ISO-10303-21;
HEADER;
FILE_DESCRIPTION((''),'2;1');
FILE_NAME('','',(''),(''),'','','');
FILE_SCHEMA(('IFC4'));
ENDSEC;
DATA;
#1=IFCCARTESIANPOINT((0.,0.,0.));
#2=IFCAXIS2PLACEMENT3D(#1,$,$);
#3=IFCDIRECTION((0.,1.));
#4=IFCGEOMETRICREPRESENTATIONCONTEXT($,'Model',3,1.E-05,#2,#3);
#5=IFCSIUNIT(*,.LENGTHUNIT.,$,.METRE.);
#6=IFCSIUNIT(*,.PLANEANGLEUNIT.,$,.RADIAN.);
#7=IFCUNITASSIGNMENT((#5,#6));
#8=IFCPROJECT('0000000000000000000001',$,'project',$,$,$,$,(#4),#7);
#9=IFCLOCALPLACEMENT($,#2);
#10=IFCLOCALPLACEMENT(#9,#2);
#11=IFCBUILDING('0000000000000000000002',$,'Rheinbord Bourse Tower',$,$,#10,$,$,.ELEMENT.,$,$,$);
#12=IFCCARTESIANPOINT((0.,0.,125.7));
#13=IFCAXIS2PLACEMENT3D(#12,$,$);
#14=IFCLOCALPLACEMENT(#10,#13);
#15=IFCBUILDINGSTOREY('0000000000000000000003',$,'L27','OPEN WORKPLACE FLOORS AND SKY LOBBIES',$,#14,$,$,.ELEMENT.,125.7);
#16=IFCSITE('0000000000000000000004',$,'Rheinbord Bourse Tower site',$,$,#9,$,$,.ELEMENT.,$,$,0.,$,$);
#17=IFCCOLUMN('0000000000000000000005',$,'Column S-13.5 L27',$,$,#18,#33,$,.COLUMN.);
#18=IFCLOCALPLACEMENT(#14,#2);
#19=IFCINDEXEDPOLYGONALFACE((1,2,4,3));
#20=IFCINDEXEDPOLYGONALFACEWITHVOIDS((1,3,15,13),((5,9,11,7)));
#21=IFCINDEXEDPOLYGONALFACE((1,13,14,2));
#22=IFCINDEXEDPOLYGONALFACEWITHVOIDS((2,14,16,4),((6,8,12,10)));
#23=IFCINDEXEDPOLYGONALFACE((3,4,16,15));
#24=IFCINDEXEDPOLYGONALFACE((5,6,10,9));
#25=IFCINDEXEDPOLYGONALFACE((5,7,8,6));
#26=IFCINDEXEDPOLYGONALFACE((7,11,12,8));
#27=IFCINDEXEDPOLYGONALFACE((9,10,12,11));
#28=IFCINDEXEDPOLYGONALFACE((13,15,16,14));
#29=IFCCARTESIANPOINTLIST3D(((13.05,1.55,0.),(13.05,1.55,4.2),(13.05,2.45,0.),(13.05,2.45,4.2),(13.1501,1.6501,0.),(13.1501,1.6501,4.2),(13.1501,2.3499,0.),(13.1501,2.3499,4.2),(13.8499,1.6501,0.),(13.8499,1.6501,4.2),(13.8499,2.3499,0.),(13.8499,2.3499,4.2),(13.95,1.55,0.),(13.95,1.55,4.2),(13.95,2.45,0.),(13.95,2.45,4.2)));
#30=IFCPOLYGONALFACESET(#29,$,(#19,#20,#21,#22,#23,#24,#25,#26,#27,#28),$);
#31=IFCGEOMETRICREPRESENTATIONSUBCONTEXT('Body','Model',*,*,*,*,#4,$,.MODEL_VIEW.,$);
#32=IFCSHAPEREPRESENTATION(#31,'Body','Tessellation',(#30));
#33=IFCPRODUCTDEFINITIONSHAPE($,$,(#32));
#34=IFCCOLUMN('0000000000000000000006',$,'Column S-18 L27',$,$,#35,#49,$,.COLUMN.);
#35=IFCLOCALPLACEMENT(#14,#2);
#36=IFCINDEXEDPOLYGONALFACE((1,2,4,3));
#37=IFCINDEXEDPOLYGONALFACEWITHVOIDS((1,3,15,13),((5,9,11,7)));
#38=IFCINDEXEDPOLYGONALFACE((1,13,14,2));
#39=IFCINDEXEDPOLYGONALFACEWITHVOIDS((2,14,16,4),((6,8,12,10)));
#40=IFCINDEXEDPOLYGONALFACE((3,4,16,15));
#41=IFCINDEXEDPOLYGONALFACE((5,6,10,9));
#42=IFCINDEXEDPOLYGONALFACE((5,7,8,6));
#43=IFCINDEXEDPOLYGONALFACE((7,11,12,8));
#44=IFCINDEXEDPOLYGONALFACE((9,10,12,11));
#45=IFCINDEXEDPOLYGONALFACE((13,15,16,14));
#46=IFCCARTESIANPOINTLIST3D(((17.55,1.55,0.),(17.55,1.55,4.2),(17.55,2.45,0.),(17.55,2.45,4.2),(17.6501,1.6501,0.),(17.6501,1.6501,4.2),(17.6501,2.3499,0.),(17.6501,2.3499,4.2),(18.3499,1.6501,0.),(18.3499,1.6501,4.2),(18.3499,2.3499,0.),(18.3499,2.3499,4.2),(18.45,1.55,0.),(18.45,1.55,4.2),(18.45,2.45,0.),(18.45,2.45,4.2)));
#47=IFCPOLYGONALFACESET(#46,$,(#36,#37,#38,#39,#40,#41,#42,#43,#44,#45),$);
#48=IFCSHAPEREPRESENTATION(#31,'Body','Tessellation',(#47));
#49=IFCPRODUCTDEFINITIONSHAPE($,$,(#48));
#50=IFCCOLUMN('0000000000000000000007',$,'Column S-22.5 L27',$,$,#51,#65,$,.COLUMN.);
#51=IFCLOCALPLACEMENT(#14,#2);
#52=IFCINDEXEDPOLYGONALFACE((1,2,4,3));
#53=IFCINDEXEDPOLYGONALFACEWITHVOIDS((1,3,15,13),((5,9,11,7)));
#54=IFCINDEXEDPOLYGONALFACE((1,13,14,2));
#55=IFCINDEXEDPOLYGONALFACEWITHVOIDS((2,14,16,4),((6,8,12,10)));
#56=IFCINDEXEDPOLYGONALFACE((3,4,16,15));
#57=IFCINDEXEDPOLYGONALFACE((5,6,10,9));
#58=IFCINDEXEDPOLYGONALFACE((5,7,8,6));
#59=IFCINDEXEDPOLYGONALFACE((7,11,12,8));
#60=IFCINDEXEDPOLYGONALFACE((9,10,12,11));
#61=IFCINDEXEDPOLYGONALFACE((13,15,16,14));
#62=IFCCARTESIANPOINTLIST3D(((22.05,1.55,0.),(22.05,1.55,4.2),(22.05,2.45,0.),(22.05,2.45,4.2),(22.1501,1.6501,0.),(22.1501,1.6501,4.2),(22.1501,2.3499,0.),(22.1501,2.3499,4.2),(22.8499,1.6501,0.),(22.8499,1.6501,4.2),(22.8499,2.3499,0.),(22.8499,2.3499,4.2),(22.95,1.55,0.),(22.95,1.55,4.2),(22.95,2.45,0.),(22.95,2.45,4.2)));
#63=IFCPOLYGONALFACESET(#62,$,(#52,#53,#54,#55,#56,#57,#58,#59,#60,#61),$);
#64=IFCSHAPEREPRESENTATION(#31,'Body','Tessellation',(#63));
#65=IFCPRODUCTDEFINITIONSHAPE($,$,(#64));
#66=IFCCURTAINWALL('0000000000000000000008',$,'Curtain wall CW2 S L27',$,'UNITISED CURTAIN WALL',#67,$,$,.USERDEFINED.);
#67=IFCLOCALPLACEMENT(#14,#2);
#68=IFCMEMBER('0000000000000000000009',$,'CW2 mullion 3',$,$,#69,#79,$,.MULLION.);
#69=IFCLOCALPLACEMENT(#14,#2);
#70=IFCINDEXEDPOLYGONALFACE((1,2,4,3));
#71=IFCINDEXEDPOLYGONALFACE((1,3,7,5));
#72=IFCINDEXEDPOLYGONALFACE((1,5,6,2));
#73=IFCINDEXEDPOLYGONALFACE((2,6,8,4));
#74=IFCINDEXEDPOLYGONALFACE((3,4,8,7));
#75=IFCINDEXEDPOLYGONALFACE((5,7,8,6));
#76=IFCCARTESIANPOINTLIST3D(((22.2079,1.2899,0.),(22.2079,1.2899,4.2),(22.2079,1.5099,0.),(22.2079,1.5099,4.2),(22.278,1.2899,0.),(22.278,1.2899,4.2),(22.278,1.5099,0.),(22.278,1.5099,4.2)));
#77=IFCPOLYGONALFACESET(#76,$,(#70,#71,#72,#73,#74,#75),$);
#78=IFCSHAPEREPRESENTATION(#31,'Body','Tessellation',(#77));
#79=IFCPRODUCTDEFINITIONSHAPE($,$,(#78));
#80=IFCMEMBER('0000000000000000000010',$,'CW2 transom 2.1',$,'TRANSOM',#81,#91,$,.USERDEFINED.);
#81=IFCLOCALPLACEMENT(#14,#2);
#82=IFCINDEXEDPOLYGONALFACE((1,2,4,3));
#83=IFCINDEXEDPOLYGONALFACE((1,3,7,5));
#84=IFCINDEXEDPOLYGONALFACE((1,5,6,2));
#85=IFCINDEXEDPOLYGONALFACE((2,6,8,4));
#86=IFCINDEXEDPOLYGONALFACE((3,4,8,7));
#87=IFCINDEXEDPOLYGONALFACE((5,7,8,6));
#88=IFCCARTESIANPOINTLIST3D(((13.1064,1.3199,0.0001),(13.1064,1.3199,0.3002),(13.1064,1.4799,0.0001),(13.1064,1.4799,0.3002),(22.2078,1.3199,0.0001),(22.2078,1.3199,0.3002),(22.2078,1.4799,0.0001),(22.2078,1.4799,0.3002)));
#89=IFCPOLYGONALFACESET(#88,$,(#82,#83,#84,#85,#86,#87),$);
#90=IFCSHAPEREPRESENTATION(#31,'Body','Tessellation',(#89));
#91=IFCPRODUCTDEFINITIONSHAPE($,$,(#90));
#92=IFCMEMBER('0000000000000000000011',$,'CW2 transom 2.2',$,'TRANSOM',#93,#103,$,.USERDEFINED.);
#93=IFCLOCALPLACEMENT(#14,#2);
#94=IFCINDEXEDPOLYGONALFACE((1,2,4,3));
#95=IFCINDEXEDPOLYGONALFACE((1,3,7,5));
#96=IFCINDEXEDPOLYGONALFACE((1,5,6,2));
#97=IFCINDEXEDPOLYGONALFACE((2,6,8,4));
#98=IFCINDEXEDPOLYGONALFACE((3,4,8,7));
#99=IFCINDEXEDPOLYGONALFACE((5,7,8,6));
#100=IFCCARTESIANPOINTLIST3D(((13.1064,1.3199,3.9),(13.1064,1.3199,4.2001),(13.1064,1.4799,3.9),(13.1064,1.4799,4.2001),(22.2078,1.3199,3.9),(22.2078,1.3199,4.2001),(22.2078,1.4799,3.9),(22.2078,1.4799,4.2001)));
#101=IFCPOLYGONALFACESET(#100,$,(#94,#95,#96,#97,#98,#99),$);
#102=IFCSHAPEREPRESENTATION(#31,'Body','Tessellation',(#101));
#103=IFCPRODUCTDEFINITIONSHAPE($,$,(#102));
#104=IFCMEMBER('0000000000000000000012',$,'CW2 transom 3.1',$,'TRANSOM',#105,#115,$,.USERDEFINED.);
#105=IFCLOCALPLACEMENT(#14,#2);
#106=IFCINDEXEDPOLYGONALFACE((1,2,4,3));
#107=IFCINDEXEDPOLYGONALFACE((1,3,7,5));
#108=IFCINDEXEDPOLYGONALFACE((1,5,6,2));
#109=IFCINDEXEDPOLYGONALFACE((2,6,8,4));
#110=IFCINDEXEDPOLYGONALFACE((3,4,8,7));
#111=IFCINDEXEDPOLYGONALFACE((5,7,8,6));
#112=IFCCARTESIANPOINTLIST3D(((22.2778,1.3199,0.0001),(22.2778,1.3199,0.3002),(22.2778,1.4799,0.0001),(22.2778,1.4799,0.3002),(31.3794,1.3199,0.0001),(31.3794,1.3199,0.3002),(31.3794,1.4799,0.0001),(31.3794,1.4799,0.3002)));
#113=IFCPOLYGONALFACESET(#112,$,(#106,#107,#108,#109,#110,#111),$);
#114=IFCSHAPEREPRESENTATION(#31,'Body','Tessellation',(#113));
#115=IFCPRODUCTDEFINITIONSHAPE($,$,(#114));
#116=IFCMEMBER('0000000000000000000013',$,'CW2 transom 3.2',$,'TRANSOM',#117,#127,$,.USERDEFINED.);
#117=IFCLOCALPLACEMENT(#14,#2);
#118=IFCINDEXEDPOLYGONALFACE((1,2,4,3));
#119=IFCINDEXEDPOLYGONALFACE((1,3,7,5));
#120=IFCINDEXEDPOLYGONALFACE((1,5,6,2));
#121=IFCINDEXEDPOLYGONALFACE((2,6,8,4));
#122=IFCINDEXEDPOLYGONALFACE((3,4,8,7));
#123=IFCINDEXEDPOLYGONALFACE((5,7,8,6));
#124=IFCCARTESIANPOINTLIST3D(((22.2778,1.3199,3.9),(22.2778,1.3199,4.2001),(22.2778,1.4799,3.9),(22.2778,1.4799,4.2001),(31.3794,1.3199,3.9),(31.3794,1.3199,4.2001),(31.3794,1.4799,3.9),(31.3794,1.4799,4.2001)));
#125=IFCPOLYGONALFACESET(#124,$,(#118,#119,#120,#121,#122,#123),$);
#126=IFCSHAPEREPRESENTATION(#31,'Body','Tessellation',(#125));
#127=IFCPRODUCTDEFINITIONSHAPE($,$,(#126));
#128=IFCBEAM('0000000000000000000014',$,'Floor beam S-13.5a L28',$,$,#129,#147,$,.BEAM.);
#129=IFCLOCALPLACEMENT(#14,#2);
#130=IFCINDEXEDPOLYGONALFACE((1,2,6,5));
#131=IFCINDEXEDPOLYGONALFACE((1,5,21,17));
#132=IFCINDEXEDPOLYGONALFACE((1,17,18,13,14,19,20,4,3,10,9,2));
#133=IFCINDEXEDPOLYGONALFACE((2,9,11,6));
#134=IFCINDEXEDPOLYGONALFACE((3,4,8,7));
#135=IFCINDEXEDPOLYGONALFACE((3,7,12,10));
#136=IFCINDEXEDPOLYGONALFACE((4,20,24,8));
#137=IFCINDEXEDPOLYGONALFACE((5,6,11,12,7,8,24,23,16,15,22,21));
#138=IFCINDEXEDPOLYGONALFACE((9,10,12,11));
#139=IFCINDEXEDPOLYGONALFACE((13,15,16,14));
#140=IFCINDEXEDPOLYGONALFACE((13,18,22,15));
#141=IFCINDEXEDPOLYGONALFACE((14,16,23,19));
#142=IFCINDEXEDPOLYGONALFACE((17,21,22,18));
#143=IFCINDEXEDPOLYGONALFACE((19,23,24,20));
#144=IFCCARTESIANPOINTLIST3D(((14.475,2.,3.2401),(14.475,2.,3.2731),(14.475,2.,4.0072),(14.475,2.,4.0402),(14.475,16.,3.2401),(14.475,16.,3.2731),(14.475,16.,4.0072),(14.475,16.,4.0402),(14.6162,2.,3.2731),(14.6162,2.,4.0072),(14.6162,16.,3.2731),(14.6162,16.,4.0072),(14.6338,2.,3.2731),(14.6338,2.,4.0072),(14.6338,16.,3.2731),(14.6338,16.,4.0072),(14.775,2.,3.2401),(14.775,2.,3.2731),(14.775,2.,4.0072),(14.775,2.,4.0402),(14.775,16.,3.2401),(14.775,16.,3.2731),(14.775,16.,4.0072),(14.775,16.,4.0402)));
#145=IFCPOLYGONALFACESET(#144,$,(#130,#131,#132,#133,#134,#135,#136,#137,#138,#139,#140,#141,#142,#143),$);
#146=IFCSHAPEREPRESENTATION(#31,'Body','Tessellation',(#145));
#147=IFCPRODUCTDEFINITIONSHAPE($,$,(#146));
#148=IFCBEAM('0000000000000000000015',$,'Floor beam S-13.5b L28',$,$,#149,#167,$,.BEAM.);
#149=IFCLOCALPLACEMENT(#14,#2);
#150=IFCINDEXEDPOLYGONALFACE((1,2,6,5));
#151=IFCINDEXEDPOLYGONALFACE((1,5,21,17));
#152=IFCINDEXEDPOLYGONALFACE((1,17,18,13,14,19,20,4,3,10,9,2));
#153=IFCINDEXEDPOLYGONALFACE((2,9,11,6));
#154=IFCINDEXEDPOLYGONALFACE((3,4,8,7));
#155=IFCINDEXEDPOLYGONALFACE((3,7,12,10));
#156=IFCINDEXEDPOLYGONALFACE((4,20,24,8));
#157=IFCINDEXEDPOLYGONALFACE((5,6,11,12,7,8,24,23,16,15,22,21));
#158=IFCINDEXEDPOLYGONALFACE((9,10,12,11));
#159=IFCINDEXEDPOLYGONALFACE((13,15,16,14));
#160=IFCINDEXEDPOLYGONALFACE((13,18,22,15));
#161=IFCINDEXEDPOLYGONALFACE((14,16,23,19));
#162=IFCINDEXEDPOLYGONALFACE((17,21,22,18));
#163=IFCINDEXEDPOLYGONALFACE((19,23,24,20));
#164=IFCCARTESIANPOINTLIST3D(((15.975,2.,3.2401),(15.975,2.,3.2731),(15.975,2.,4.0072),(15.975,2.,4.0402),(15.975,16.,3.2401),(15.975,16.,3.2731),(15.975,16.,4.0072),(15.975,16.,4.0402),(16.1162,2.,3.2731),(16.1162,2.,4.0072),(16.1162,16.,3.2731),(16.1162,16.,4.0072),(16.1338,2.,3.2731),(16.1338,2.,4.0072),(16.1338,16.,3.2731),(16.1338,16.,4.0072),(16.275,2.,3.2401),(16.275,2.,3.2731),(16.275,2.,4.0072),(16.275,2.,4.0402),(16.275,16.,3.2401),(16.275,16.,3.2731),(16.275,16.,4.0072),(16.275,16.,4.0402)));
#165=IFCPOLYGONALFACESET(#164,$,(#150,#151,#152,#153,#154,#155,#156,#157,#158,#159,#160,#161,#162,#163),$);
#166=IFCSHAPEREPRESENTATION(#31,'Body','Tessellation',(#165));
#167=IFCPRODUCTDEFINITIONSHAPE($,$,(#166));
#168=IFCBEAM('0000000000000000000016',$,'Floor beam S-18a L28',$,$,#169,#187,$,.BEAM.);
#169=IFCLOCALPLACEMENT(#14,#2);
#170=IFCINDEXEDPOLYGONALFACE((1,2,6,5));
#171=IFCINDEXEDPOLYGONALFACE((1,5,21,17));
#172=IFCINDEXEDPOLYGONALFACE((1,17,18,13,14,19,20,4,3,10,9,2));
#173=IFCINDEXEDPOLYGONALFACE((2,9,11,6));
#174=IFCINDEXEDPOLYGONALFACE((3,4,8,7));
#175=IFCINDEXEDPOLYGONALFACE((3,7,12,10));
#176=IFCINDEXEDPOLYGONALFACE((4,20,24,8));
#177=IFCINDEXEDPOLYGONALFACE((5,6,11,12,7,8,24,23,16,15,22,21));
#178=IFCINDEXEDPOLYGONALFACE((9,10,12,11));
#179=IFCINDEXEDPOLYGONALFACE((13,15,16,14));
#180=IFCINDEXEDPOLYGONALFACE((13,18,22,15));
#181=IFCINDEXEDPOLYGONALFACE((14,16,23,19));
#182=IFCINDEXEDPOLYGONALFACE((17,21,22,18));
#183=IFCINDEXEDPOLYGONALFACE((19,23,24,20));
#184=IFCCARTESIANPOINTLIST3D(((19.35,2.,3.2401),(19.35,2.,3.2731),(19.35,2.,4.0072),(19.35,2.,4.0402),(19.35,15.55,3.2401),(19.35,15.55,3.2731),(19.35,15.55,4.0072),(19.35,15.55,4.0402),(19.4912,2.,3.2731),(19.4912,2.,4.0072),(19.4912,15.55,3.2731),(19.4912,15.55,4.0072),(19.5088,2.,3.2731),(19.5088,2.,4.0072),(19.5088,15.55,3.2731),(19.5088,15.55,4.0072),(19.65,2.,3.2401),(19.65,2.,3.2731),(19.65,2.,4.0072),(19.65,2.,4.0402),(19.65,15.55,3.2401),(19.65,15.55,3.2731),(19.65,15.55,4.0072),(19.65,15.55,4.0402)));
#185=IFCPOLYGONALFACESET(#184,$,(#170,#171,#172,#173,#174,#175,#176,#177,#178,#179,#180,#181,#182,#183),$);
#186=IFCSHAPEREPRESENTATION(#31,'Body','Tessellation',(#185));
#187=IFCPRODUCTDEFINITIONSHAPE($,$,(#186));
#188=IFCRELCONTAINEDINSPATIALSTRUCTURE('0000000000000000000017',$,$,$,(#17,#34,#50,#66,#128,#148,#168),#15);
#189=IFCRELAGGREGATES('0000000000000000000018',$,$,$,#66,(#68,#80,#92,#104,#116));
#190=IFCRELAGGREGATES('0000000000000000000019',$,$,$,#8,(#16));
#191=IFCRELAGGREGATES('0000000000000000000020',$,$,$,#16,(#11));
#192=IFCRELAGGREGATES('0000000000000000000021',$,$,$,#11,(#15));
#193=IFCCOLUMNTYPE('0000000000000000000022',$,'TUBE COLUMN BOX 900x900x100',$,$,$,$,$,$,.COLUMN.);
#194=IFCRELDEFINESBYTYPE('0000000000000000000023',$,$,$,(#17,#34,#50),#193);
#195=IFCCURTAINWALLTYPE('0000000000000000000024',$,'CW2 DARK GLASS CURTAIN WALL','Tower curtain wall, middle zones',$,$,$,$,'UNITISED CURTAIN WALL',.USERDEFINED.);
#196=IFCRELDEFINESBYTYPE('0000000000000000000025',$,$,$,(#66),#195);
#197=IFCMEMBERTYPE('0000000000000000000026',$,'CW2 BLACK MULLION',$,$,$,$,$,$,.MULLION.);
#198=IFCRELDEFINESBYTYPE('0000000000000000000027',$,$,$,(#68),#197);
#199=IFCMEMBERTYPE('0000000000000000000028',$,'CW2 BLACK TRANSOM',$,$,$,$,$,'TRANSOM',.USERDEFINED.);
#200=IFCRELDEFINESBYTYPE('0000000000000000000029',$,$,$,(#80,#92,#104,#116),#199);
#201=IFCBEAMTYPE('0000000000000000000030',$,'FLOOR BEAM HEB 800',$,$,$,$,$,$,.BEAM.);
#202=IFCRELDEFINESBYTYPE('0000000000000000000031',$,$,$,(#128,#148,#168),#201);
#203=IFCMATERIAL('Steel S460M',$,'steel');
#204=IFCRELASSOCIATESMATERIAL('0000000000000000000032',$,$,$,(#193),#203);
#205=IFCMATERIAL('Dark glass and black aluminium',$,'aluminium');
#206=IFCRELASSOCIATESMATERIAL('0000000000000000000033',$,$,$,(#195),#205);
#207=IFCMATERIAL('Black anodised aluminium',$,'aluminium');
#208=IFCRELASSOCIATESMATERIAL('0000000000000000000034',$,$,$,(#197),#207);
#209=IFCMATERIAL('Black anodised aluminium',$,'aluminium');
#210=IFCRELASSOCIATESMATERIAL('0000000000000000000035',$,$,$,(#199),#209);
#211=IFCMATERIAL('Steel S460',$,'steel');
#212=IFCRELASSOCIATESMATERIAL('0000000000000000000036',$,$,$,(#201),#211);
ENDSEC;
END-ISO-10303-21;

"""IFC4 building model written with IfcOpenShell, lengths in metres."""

from ifc_helpers import new_model, si_unit, direction, frame, origin, origin_2d, place, context, subcontext, project, spatial, rectangle, hollow_rectangle, i_section, extrude, material, material_profile, profile_set, type_object, element, aggregate, save


model = new_model("IFC4")

# Units and contexts
model_context = context("Model", 3, precision=1e-05, world=origin(), true_north=direction((0.0, 1.0)))
body_context = subcontext(model_context, "Body", "Model", "MODEL_VIEW")
ifc_project = project(units=[si_unit("LENGTHUNIT", "METRE"), si_unit("PLANEANGLEUNIT", "RADIAN")], contexts=[model_context])

# Site, building, storey
site_placement = place(None, origin())
site = spatial("IfcSite", under=ifc_project, at=site_placement, Name="Rheinbord Bourse Tower site", CompositionType="ELEMENT", RefElevation=0.0)
building_placement = place(site_placement, origin())
building = spatial("IfcBuilding", under=site, at=building_placement, Name="Rheinbord Bourse Tower", CompositionType="ELEMENT")
storey_placement = place(building_placement, frame((0.0, 0.0, 125.7)))
storey = spatial("IfcBuildingStorey", under=building, at=storey_placement, Name="L27", Description="OPEN WORKPLACE FLOORS AND SKY LOBBIES", CompositionType="ELEMENT", Elevation=125.7)

# Columns
ifc_material_1 = material(Name="Steel S460M", Category="steel")
ifc_material_profile_1 = material_profile(ifc_material_1, hollow_rectangle(XDim=0.8999, YDim=0.8999, WallThickness=0.1001, at=origin_2d()), Name="BOX 900x900x100")
ifc_profile_set_1 = profile_set([ifc_material_profile_1], Name="Steel S460M")
column_type = type_object("IfcColumnType", Name="TUBE COLUMN BOX 900x900x100", PredefinedType="COLUMN", material=ifc_profile_set_1)
for number, where, z_axis, x_axis, name in (
    (1, (13.5, 2.0, 0.0), (0.0, 0.0, 1.0), (0.0, 1.0, 0.0), "Column S-13.5 L27"),
    (2, (18.0, 2.0, 0.0), (0.0, 0.0, 1.0), (0.0, 1.0, 0.0), "Column S-18 L27"),
    (3, (22.5, 2.0, 0.0), (0.0, 0.0, 1.0), (0.0, 1.0, 0.0), "Column S-22.5 L27"),
):
    element("IfcColumn", number, at=place(storey_placement, frame(where, z_axis=z_axis, x_axis=x_axis)), inside=storey, type_object=column_type, Name=name, PredefinedType="COLUMN", context=body_context, shape_type="SweptSolid", body=[
        extrude(hollow_rectangle(XDim=0.8999, YDim=0.8999, WallThickness=0.1001, at=origin_2d()), origin(), (0.0, 0.0, 1.0), 4.2),
    ])

# Curtain wall, members
ifc_material_2 = material(Name="Dark glass and black aluminium", Category="aluminium")
curtain_wall_type = type_object("IfcCurtainWallType", Name="CW2 DARK GLASS CURTAIN WALL", Description="Tower curtain wall, middle zones", ElementType="UNITISED CURTAIN WALL", PredefinedType="USERDEFINED", material=ifc_material_2)
curtain_wall_placement = place(storey_placement, origin())
curtain_wall = element("IfcCurtainWall", 4, at=curtain_wall_placement, inside=storey, type_object=curtain_wall_type, Name="Curtain wall CW2 S L27", ObjectType="UNITISED CURTAIN WALL", PredefinedType="USERDEFINED")
ifc_material_3 = material(Name="Black anodised aluminium", Category="aluminium")
ifc_material_profile_2 = material_profile(ifc_material_3, rectangle(XDim=0.22, YDim=0.0701, at=origin_2d()), Name="CW2 MULLION 70x220")
ifc_profile_set_2 = profile_set([ifc_material_profile_2], Name="Black anodised aluminium")
member_type_1 = type_object("IfcMemberType", Name="CW2 BLACK MULLION", PredefinedType="MULLION", material=ifc_profile_set_2)
member_1_placement = place(storey_placement, frame((22.2429, 1.3999, 0.0), z_axis=(0.0, 0.0, 1.0), x_axis=(0.0, 1.0, 0.0)))
member_1 = element("IfcMember", 5, at=member_1_placement, type_object=member_type_1, Name="CW2 mullion 3", PredefinedType="MULLION", context=body_context, shape_type="SweptSolid", body=[
    extrude(rectangle(XDim=0.22, YDim=0.0701, at=origin_2d()), origin(), (0.0, 0.0, 1.0), 4.2),
])
ifc_material_4 = material(Name="Black anodised aluminium", Category="aluminium")
ifc_material_profile_3 = material_profile(ifc_material_4, rectangle(XDim=0.1599, YDim=0.3, at=origin_2d()), Name="CW2 TRANSOM 300x160")
ifc_profile_set_3 = profile_set([ifc_material_profile_3], Name="Black anodised aluminium")
member_type_2 = type_object("IfcMemberType", Name="CW2 BLACK TRANSOM", ElementType="TRANSOM", PredefinedType="USERDEFINED", material=ifc_profile_set_3)
member_2_placement = place(storey_placement, frame((13.1064, 1.3999, 0.1501), z_axis=(1.0, 0.0, 0.0), x_axis=(0.0, 1.0, 0.0)))
member_2 = element("IfcMember", 6, at=member_2_placement, type_object=member_type_2, Name="CW2 transom 2.1", ObjectType="TRANSOM", PredefinedType="USERDEFINED", context=body_context, shape_type="SweptSolid", body=[
    extrude(rectangle(XDim=0.1599, YDim=0.3, at=origin_2d()), origin(), (0.0, 0.0, 1.0), 9.1013),
])
member_3_placement = place(storey_placement, frame((13.1064, 1.3999, 4.05), z_axis=(1.0, 0.0, 0.0), x_axis=(0.0, 1.0, 0.0)))
member_3 = element("IfcMember", 7, at=member_3_placement, type_object=member_type_2, Name="CW2 transom 2.2", ObjectType="TRANSOM", PredefinedType="USERDEFINED", context=body_context, shape_type="SweptSolid", body=[
    extrude(rectangle(XDim=0.1599, YDim=0.3, at=origin_2d()), origin(), (0.0, 0.0, 1.0), 9.1013),
])
member_4_placement = place(storey_placement, frame((22.2778, 1.3999, 0.1501), z_axis=(1.0, 0.0, 0.0), x_axis=(0.0, 1.0, 0.0)))
member_4 = element("IfcMember", 8, at=member_4_placement, type_object=member_type_2, Name="CW2 transom 3.1", ObjectType="TRANSOM", PredefinedType="USERDEFINED", context=body_context, shape_type="SweptSolid", body=[
    extrude(rectangle(XDim=0.1599, YDim=0.3, at=origin_2d()), origin(), (0.0, 0.0, 1.0), 9.1016),
])
member_5_placement = place(storey_placement, frame((22.2778, 1.3999, 4.05), z_axis=(1.0, 0.0, 0.0), x_axis=(0.0, 1.0, 0.0)))
member_5 = element("IfcMember", 9, at=member_5_placement, type_object=member_type_2, Name="CW2 transom 3.2", ObjectType="TRANSOM", PredefinedType="USERDEFINED", context=body_context, shape_type="SweptSolid", body=[
    extrude(rectangle(XDim=0.1599, YDim=0.3, at=origin_2d()), origin(), (0.0, 0.0, 1.0), 9.1016),
])

# Beams
ifc_material_5 = material(Name="Steel S460", Category="steel")
ifc_material_profile_4 = material_profile(ifc_material_5, i_section(OverallWidth=0.3, OverallDepth=0.8, WebThickness=0.0176, FlangeThickness=0.033, at=origin_2d()), Name="HEB 800")
ifc_profile_set_4 = profile_set([ifc_material_profile_4], Name="Steel S460")
beam_type_1 = type_object("IfcBeamType", Name="FLOOR BEAM HEB 800", PredefinedType="BEAM", material=ifc_profile_set_4)
for number, where, z_axis, x_axis, name in (
    (10, (14.625, 2.0, 3.6401), (0.0, 1.0, 0.0), (-1.0, 0.0, 0.0), "Floor beam S-13.5a L28"),
    (11, (16.125, 2.0, 3.6401), (0.0, 1.0, 0.0), (-1.0, 0.0, 0.0), "Floor beam S-13.5b L28"),
):
    element("IfcBeam", number, at=place(storey_placement, frame(where, z_axis=z_axis, x_axis=x_axis)), inside=storey, type_object=beam_type_1, Name=name, PredefinedType="BEAM", context=body_context, shape_type="SweptSolid", body=[
        extrude(i_section(OverallWidth=0.3, OverallDepth=0.8, WebThickness=0.0176, FlangeThickness=0.033, at=origin_2d()), origin(), (0.0, 0.0, 1.0), 14.0),
    ])
for number, where, z_axis, x_axis, name in (
    (12, (19.5, 2.0, 3.6401), (0.0, 1.0, 0.0), (-1.0, 0.0, 0.0), "Floor beam S-18a L28"),
):
    element("IfcBeam", number, at=place(storey_placement, frame(where, z_axis=z_axis, x_axis=x_axis)), inside=storey, type_object=beam_type_1, Name=name, PredefinedType="BEAM", context=body_context, shape_type="SweptSolid", body=[
        extrude(i_section(OverallWidth=0.3, OverallDepth=0.8, WebThickness=0.0176, FlangeThickness=0.033, at=origin_2d()), origin(), (0.0, 0.0, 1.0), 13.55),
    ])

aggregate(curtain_wall, [member_1, member_2, member_3, member_4, member_5])

save(model, "model.ifc")
